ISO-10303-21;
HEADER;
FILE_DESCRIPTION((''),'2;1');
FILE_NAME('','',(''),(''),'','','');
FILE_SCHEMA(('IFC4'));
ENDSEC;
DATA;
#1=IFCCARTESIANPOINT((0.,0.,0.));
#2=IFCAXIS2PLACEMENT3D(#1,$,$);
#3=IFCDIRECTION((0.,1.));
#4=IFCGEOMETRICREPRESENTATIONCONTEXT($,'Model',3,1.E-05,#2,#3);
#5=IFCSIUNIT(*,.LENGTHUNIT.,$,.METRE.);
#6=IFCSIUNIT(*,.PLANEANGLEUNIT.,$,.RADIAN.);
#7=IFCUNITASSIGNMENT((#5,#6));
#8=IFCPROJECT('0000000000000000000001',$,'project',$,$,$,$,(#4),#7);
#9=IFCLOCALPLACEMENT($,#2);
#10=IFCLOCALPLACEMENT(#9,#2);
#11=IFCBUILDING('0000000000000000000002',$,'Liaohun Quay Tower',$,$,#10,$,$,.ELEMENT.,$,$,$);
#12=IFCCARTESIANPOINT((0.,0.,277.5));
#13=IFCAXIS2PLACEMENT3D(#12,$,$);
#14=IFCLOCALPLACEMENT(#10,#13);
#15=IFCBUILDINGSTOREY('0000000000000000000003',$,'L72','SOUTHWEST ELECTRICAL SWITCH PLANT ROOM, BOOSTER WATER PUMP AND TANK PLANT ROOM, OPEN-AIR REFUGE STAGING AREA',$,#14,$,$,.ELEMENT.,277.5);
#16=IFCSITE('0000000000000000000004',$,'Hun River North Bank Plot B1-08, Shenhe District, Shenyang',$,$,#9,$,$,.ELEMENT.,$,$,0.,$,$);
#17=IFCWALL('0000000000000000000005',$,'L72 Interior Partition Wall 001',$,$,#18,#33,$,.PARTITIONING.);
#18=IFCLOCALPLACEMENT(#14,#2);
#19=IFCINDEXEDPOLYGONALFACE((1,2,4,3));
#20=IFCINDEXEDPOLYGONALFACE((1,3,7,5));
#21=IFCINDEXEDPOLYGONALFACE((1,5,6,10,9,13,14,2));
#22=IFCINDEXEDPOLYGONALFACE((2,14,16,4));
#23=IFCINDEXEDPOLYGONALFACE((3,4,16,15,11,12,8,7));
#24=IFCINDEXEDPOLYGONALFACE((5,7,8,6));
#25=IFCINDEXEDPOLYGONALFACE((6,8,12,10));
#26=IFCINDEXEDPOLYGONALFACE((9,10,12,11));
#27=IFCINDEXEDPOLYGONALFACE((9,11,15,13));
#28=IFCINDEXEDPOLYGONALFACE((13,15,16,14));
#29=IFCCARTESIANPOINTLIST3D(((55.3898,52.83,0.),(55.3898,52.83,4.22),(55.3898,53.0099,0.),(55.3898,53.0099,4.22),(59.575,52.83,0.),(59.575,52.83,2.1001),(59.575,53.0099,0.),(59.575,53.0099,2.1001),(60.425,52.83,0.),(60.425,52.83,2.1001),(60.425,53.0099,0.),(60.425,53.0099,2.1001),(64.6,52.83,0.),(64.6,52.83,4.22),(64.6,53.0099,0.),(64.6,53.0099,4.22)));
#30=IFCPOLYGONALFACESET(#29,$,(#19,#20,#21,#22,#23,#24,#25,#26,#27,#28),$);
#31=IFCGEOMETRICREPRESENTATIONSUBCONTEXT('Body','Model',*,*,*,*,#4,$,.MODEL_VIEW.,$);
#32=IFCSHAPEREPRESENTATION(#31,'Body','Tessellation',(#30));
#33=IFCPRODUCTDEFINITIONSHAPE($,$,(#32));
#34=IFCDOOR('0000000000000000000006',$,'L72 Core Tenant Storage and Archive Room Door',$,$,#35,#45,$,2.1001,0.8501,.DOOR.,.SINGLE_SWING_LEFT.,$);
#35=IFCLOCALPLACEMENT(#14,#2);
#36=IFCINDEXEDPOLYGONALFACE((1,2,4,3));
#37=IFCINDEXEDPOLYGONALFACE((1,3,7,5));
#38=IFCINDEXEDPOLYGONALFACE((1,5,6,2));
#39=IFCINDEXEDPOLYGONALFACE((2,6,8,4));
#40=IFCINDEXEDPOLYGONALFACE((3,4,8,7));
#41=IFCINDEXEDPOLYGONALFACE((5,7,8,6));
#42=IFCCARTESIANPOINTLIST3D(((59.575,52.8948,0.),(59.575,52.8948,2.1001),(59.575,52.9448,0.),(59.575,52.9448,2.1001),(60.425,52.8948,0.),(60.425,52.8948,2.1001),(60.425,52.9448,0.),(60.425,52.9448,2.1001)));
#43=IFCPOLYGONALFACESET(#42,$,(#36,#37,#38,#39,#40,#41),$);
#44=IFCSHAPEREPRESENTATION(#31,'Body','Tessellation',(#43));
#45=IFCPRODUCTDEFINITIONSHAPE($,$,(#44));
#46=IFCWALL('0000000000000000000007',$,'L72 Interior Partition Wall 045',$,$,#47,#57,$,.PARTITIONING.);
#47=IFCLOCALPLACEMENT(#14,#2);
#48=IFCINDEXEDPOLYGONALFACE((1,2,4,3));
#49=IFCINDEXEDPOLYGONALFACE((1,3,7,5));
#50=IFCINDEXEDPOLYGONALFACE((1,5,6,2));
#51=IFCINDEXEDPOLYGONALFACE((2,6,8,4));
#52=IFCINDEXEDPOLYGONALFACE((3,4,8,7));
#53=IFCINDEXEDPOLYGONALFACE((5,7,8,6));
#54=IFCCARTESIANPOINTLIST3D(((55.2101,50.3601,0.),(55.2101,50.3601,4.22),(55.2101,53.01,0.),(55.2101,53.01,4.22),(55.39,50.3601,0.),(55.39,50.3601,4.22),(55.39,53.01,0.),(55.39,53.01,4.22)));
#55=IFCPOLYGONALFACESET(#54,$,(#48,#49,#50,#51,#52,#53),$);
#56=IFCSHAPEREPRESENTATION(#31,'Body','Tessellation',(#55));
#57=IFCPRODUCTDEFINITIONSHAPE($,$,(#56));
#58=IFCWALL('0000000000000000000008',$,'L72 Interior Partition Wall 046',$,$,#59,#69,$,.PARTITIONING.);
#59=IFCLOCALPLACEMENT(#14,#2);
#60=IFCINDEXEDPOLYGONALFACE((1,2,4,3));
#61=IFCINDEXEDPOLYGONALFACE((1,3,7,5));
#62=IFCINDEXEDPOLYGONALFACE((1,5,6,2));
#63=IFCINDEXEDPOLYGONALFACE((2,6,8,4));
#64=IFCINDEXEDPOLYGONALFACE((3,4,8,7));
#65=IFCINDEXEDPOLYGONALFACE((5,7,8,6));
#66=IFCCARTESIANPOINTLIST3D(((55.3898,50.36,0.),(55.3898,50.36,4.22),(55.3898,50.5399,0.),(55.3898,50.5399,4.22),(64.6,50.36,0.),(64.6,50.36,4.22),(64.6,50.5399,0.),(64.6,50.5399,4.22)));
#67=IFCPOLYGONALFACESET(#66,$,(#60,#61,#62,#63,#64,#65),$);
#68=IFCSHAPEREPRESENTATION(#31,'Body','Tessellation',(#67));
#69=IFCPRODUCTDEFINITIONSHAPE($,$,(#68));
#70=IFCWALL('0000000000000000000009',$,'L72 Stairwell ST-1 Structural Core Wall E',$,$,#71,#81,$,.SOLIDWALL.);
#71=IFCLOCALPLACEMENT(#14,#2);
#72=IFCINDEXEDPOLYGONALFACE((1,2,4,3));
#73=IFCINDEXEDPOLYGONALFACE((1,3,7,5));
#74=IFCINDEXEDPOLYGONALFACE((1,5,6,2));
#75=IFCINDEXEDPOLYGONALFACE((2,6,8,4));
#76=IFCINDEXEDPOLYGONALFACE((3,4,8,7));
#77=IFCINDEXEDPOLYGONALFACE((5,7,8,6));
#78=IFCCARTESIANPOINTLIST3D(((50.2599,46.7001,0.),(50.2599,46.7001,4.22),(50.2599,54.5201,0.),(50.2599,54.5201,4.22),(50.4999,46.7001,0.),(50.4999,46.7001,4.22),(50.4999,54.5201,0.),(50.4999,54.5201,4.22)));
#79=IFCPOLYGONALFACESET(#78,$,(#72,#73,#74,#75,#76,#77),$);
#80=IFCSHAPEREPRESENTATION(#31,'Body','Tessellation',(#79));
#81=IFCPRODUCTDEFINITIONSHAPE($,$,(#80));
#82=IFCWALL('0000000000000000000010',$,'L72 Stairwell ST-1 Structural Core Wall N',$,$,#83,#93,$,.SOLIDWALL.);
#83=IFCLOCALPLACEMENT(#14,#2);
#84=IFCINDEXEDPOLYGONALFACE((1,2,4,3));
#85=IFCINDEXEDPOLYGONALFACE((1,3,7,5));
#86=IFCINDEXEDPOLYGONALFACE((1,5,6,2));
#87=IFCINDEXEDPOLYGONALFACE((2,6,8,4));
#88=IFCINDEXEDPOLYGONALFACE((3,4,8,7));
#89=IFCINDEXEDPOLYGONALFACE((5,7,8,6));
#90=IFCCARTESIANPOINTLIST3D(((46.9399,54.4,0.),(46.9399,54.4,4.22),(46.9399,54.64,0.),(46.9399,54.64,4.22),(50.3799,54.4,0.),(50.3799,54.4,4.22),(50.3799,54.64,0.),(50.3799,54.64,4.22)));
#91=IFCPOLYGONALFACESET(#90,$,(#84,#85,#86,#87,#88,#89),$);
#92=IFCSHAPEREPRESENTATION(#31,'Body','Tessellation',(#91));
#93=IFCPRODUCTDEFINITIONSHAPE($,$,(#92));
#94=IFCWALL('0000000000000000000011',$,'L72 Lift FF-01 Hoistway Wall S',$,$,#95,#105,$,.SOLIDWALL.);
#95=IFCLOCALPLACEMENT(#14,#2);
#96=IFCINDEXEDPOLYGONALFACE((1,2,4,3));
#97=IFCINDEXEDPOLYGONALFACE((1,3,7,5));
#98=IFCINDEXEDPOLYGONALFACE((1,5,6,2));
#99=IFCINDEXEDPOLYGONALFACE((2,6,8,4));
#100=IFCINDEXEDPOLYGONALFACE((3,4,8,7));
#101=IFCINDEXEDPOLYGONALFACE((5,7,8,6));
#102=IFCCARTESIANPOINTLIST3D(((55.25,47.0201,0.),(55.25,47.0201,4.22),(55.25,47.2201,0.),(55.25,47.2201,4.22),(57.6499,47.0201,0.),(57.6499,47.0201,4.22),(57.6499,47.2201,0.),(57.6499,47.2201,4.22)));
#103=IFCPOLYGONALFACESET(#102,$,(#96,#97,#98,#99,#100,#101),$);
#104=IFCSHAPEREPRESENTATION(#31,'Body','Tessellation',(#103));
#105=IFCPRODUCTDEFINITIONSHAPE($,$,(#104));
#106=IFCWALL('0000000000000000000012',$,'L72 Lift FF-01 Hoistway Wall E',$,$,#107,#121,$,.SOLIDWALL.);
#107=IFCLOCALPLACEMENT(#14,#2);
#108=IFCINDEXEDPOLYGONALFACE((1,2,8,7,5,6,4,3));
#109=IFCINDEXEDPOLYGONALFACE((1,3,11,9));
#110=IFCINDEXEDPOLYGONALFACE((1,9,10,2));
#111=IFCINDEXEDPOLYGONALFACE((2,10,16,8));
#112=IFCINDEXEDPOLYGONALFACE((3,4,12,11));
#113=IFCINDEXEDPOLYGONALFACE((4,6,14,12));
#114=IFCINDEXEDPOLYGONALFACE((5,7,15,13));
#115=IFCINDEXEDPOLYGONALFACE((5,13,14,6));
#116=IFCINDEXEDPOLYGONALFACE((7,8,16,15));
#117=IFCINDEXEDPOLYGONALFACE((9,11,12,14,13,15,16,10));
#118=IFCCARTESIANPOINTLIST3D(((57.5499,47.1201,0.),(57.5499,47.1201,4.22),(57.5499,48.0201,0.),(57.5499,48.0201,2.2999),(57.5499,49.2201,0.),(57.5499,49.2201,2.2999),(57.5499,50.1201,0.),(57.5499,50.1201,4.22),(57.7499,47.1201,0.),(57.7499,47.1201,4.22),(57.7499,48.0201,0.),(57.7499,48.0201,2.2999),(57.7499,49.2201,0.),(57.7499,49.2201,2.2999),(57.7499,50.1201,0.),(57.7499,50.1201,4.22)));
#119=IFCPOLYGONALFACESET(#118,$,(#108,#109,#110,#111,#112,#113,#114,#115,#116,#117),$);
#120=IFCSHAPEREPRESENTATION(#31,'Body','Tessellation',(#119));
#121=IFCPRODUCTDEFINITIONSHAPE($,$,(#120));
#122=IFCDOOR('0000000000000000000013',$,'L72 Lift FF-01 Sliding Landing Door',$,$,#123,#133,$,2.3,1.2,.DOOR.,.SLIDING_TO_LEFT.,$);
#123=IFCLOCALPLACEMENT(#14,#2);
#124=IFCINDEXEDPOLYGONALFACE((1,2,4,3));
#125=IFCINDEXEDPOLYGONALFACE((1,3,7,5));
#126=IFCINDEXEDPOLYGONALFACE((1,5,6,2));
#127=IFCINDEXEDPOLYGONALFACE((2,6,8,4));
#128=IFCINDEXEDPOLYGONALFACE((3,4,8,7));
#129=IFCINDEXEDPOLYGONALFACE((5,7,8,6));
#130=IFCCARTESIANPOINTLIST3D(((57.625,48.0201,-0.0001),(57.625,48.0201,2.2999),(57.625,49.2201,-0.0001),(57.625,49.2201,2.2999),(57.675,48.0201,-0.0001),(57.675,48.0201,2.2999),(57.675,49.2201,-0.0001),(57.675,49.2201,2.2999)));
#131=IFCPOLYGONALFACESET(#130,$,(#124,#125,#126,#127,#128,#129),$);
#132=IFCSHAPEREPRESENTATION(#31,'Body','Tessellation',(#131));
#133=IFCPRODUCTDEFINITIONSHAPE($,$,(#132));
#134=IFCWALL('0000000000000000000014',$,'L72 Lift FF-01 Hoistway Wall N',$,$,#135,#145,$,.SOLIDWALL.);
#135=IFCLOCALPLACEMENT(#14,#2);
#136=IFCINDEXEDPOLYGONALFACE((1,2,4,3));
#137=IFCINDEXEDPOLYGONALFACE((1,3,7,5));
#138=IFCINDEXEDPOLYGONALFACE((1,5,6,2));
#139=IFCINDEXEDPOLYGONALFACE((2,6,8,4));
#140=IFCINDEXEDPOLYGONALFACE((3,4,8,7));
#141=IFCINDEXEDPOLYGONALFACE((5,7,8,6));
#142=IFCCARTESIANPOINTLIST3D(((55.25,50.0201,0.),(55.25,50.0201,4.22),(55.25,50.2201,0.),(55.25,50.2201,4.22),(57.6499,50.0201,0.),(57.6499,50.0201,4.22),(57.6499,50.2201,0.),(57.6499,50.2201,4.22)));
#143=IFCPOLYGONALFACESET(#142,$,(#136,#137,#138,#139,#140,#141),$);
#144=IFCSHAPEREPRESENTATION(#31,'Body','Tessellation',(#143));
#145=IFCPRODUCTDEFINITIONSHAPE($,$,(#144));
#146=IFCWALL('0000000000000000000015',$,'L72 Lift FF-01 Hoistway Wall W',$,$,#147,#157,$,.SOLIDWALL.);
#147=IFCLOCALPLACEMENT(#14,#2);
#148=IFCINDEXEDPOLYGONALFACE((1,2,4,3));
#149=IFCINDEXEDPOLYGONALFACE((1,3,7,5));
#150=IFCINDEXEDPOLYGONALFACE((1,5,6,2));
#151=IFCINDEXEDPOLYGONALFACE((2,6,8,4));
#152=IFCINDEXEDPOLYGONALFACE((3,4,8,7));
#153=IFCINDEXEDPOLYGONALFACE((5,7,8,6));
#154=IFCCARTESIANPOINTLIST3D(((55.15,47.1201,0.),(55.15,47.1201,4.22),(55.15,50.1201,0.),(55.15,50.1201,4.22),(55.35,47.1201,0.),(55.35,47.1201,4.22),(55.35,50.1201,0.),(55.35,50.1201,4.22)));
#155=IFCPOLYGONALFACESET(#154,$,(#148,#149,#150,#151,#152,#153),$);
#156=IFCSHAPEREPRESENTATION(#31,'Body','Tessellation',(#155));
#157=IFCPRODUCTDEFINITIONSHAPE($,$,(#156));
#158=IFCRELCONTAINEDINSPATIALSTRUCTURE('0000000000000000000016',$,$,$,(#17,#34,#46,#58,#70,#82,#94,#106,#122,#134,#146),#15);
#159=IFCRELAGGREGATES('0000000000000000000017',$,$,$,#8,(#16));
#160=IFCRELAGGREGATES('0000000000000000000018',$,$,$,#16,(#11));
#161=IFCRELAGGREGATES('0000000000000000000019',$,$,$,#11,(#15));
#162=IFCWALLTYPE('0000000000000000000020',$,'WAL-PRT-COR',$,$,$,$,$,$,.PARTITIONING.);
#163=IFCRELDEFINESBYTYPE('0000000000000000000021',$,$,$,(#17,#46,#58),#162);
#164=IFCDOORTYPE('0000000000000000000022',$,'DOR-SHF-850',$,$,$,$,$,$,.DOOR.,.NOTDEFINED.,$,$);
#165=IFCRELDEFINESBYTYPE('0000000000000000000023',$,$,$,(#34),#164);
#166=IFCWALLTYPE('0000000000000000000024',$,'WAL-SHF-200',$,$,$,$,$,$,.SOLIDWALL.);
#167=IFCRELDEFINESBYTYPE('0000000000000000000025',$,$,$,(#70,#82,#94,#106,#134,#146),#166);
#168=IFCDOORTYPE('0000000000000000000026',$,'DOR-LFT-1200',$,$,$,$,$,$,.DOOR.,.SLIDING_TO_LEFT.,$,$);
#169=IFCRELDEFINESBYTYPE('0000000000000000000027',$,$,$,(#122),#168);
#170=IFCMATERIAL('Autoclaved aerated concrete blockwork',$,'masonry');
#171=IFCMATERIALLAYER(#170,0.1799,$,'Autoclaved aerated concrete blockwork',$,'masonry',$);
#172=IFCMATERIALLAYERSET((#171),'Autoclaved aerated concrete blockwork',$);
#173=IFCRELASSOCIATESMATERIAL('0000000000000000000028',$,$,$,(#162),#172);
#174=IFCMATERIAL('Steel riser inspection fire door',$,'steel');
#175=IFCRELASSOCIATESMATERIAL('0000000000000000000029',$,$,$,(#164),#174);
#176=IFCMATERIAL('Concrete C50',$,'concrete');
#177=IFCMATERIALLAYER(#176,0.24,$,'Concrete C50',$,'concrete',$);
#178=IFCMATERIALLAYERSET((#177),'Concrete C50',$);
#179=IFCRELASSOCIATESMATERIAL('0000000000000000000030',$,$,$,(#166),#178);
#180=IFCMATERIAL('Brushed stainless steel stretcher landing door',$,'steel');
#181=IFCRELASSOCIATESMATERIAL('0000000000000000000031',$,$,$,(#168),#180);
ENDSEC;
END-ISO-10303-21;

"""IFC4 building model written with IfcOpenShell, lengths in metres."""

from ifc_helpers import new_model, si_unit, direction, frame, frame_2d, origin, place, context, subcontext, project, spatial, rectangle, extrude, source, transform, mapped, material, layer, layer_set, type_object, element, fill, save


model = new_model("IFC4")

# Units and contexts
model_context = context("Model", 3, precision=1e-05, world=origin(), true_north=direction((0.0, 1.0)))
body_context = subcontext(model_context, "Body", "Model", "MODEL_VIEW")
ifc_project = project(units=[si_unit("LENGTHUNIT", "METRE"), si_unit("PLANEANGLEUNIT", "RADIAN")], contexts=[model_context])

# Site, building, storey
site_placement = place(None, origin())
site = spatial("IfcSite", under=ifc_project, at=site_placement, Name="Hun River North Bank Plot B1-08, Shenhe District, Shenyang", CompositionType="ELEMENT", RefElevation=0.0)
building_placement = place(site_placement, origin())
building = spatial("IfcBuilding", under=site, at=building_placement, Name="Liaohun Quay Tower", CompositionType="ELEMENT")
storey_placement = place(building_placement, frame((0.0, 0.0, 277.5)))
storey = spatial("IfcBuildingStorey", under=building, at=storey_placement, Name="L72", Description="SOUTHWEST ELECTRICAL SWITCH PLANT ROOM, BOOSTER WATER PUMP AND TANK PLANT ROOM, OPEN-AIR REFUGE STAGING AREA", CompositionType="ELEMENT", Elevation=277.5)

# Wall, opening, door
ifc_material_1 = material(Name="Autoclaved aerated concrete blockwork", Category="masonry")
ifc_layer_1 = layer(ifc_material_1, 0.1799, Name="Autoclaved aerated concrete blockwork", Category="masonry")
ifc_layer_set_1 = layer_set([ifc_layer_1], Name="Autoclaved aerated concrete blockwork")
wall_type_1 = type_object("IfcWallType", Name="WAL-PRT-COR", PredefinedType="PARTITIONING", material=ifc_layer_set_1)
wall_1_placement = place(storey_placement, frame((55.3899, 52.9199, 0.0), z_axis=(0.0, 0.0, 1.0), x_axis=(1.0, 0.0, 0.0)))
wall_1 = element("IfcWall", 1, at=wall_1_placement, inside=storey, type_object=wall_type_1, Name="L72 Interior Partition Wall 001", PredefinedType="PARTITIONING", context=body_context, shape_type="SweptSolid", body=[
    extrude(rectangle(XDim=9.2102, YDim=0.1799, at=frame_2d((4.605, 0.0))), origin(), (0.0, 0.0, 1.0), 4.22),
])
shared_shape_1 = source(origin(), body_context, "Body", "SweptSolid", [
    extrude(rectangle(XDim=0.8501, YDim=2.1001, at=frame_2d((0.425, 1.05))), frame((0.0, 0.0999, 0.0), z_axis=(0.0, -1.0, 0.0), x_axis=(1.0, 0.0, 0.0)), (0.0, 0.0, 1.0), 0.2),
])
opening_1_placement = place(wall_1_placement, frame((4.1851, 0.0, 0.0)))
opening_1 = element("IfcOpeningElement", 2, at=opening_1_placement, cuts=wall_1, PredefinedType="OPENING", context=body_context, shape_type="MappedRepresentation", body=[
    mapped(shared_shape_1, transform((0.0, 0.0, 0.0), x_axis=(1.0, 0.0, 0.0), y_axis=(0.0, 1.0, 0.0), z_axis=(0.0, 0.0, 1.0), scale=1.0)),
])
ifc_material_2 = material(Name="Steel riser inspection fire door", Category="steel")
door_type_1 = type_object("IfcDoorType", Name="DOR-SHF-850", OperationType="NOTDEFINED", PredefinedType="DOOR", material=ifc_material_2)
shared_shape_2 = source(origin(), body_context, "Body", "SweptSolid", [
    extrude(rectangle(XDim=0.8501, YDim=2.1001, at=frame_2d((0.425, 1.05))), frame((0.0, 0.0249, 0.0), z_axis=(0.0, -1.0, 0.0), x_axis=(1.0, 0.0, 0.0)), (0.0, 0.0, 1.0), 0.05),
])
door_1_placement = place(opening_1_placement, origin())
door_1 = element("IfcDoor", 3, at=door_1_placement, inside=storey, type_object=door_type_1, Name="L72 Core Tenant Storage and Archive Room Door", OperationType="SINGLE_SWING_LEFT", OverallHeight=2.1001, OverallWidth=0.8501, PredefinedType="DOOR", context=body_context, shape_type="MappedRepresentation", body=[
    mapped(shared_shape_2, transform((0.0, 0.0, 0.0), x_axis=(1.0, 0.0, 0.0), y_axis=(0.0, 1.0, 0.0), z_axis=(0.0, 0.0, 1.0), scale=1.0)),
])
fill(opening_1, door_1)

# Walls
wall_2_placement = place(storey_placement, frame((55.3, 50.3601, 0.0), z_axis=(0.0, 0.0, 1.0), x_axis=(0.0, 1.0, 0.0)))
element("IfcWall", 4, at=wall_2_placement, inside=storey, type_object=wall_type_1, Name="L72 Interior Partition Wall 045", PredefinedType="PARTITIONING", context=body_context, shape_type="SweptSolid", body=[
    extrude(rectangle(XDim=2.6499, YDim=0.1799, at=frame_2d((1.325, 0.0))), origin(), (0.0, 0.0, 1.0), 4.22),
])
wall_3_placement = place(storey_placement, frame((55.3899, 50.45, 0.0), z_axis=(0.0, 0.0, 1.0), x_axis=(1.0, 0.0, 0.0)))
element("IfcWall", 5, at=wall_3_placement, inside=storey, type_object=wall_type_1, Name="L72 Interior Partition Wall 046", PredefinedType="PARTITIONING", context=body_context, shape_type="SweptSolid", body=[
    extrude(rectangle(XDim=9.2102, YDim=0.1799, at=frame_2d((4.605, 0.0))), origin(), (0.0, 0.0, 1.0), 4.22),
])
ifc_material_3 = material(Name="Concrete C50", Category="concrete")
ifc_layer_2 = layer(ifc_material_3, 0.24, Name="Concrete C50", Category="concrete")
ifc_layer_set_2 = layer_set([ifc_layer_2], Name="Concrete C50")
wall_type_2 = type_object("IfcWallType", Name="WAL-SHF-200", PredefinedType="SOLIDWALL", material=ifc_layer_set_2)
wall_4_placement = place(storey_placement, frame((50.3799, 46.7, 0.0), z_axis=(0.0, 0.0, 1.0), x_axis=(0.0, 1.0, 0.0)))
element("IfcWall", 6, at=wall_4_placement, inside=storey, type_object=wall_type_2, Name="L72 Stairwell ST-1 Structural Core Wall E", PredefinedType="SOLIDWALL", context=body_context, shape_type="SweptSolid", body=[
    extrude(rectangle(XDim=7.8201, YDim=0.24, at=frame_2d((3.9102, 0.0))), origin(), (0.0, 0.0, 1.0), 4.22),
])
wall_5_placement = place(storey_placement, frame((50.3799, 54.52, 0.0), z_axis=(0.0, 0.0, 1.0), x_axis=(-1.0, 0.0, 0.0)))
element("IfcWall", 7, at=wall_5_placement, inside=storey, type_object=wall_type_2, Name="L72 Stairwell ST-1 Structural Core Wall N", PredefinedType="SOLIDWALL", context=body_context, shape_type="SweptSolid", body=[
    extrude(rectangle(XDim=3.4399, YDim=0.24, at=frame_2d((1.72, 0.0))), origin(), (0.0, 0.0, 1.0), 4.22),
])
wall_6_placement = place(storey_placement, frame((55.25, 47.1201, 0.0), z_axis=(0.0, 0.0, 1.0), x_axis=(1.0, 0.0, 0.0)))
element("IfcWall", 8, at=wall_6_placement, inside=storey, type_object=wall_type_2, Name="L72 Lift FF-01 Hoistway Wall S", PredefinedType="SOLIDWALL", context=body_context, shape_type="SweptSolid", body=[
    extrude(rectangle(XDim=2.3999, YDim=0.2, at=frame_2d((1.2, 0.0))), origin(), (0.0, 0.0, 1.0), 4.22),
])

# Wall, opening, door
wall_7_placement = place(storey_placement, frame((57.6499, 47.1201, 0.0), z_axis=(0.0, 0.0, 1.0), x_axis=(0.0, 1.0, 0.0)))
wall_7 = element("IfcWall", 9, at=wall_7_placement, inside=storey, type_object=wall_type_2, Name="L72 Lift FF-01 Hoistway Wall E", PredefinedType="SOLIDWALL", context=body_context, shape_type="SweptSolid", body=[
    extrude(rectangle(XDim=3.0, YDim=0.2, at=frame_2d((1.5, 0.0))), origin(), (0.0, 0.0, 1.0), 4.22),
])
shared_shape_3 = source(origin(), body_context, "Body", "SweptSolid", [
    extrude(rectangle(XDim=1.2, YDim=2.3, at=frame_2d((0.6001, 1.1499))), frame((0.0, 0.1099, 0.0), z_axis=(0.0, -1.0, 0.0), x_axis=(1.0, 0.0, 0.0)), (0.0, 0.0, 1.0), 0.22),
])
opening_2_placement = place(wall_7_placement, frame((0.8999, 0.0, 0.0)))
opening_2 = element("IfcOpeningElement", 10, at=opening_2_placement, cuts=wall_7, PredefinedType="OPENING", context=body_context, shape_type="MappedRepresentation", body=[
    mapped(shared_shape_3, transform((0.0, 0.0, 0.0), x_axis=(1.0, 0.0, 0.0), y_axis=(0.0, 1.0, 0.0), z_axis=(0.0, 0.0, 1.0), scale=1.0)),
])
ifc_material_4 = material(Name="Brushed stainless steel stretcher landing door", Category="steel")
door_type_2 = type_object("IfcDoorType", Name="DOR-LFT-1200", OperationType="SLIDING_TO_LEFT", PredefinedType="DOOR", material=ifc_material_4)
shared_shape_4 = source(origin(), body_context, "Body", "SweptSolid", [
    extrude(rectangle(XDim=1.2, YDim=2.3, at=frame_2d((0.6001, 1.1499))), frame((0.0, 0.0249, 0.0), z_axis=(0.0, -1.0, 0.0), x_axis=(1.0, 0.0, 0.0)), (0.0, 0.0, 1.0), 0.05),
])
door_2_placement = place(opening_2_placement, origin())
door_2 = element("IfcDoor", 11, at=door_2_placement, inside=storey, type_object=door_type_2, Name="L72 Lift FF-01 Sliding Landing Door", OperationType="SLIDING_TO_LEFT", OverallHeight=2.3, OverallWidth=1.2, PredefinedType="DOOR", context=body_context, shape_type="MappedRepresentation", body=[
    mapped(shared_shape_4, transform((0.0, 0.0, 0.0), x_axis=(1.0, 0.0, 0.0), y_axis=(0.0, 1.0, 0.0), z_axis=(0.0, 0.0, 1.0), scale=1.0)),
])
fill(opening_2, door_2)

# Walls
wall_8_placement = place(storey_placement, frame((57.6499, 50.1201, 0.0), z_axis=(0.0, 0.0, 1.0), x_axis=(-1.0, 0.0, 0.0)))
element("IfcWall", 12, at=wall_8_placement, inside=storey, type_object=wall_type_2, Name="L72 Lift FF-01 Hoistway Wall N", PredefinedType="SOLIDWALL", context=body_context, shape_type="SweptSolid", body=[
    extrude(rectangle(XDim=2.3999, YDim=0.2, at=frame_2d((1.2, 0.0))), origin(), (0.0, 0.0, 1.0), 4.22),
])
wall_9_placement = place(storey_placement, frame((55.25, 50.1201, 0.0), z_axis=(0.0, 0.0, 1.0), x_axis=(0.0, -1.0, 0.0)))
element("IfcWall", 13, at=wall_9_placement, inside=storey, type_object=wall_type_2, Name="L72 Lift FF-01 Hoistway Wall W", PredefinedType="SOLIDWALL", context=body_context, shape_type="SweptSolid", body=[
    extrude(rectangle(XDim=3.0, YDim=0.2, at=frame_2d((1.5, 0.0))), origin(), (0.0, 0.0, 1.0), 4.22),
])

save(model, "model.ifc")
